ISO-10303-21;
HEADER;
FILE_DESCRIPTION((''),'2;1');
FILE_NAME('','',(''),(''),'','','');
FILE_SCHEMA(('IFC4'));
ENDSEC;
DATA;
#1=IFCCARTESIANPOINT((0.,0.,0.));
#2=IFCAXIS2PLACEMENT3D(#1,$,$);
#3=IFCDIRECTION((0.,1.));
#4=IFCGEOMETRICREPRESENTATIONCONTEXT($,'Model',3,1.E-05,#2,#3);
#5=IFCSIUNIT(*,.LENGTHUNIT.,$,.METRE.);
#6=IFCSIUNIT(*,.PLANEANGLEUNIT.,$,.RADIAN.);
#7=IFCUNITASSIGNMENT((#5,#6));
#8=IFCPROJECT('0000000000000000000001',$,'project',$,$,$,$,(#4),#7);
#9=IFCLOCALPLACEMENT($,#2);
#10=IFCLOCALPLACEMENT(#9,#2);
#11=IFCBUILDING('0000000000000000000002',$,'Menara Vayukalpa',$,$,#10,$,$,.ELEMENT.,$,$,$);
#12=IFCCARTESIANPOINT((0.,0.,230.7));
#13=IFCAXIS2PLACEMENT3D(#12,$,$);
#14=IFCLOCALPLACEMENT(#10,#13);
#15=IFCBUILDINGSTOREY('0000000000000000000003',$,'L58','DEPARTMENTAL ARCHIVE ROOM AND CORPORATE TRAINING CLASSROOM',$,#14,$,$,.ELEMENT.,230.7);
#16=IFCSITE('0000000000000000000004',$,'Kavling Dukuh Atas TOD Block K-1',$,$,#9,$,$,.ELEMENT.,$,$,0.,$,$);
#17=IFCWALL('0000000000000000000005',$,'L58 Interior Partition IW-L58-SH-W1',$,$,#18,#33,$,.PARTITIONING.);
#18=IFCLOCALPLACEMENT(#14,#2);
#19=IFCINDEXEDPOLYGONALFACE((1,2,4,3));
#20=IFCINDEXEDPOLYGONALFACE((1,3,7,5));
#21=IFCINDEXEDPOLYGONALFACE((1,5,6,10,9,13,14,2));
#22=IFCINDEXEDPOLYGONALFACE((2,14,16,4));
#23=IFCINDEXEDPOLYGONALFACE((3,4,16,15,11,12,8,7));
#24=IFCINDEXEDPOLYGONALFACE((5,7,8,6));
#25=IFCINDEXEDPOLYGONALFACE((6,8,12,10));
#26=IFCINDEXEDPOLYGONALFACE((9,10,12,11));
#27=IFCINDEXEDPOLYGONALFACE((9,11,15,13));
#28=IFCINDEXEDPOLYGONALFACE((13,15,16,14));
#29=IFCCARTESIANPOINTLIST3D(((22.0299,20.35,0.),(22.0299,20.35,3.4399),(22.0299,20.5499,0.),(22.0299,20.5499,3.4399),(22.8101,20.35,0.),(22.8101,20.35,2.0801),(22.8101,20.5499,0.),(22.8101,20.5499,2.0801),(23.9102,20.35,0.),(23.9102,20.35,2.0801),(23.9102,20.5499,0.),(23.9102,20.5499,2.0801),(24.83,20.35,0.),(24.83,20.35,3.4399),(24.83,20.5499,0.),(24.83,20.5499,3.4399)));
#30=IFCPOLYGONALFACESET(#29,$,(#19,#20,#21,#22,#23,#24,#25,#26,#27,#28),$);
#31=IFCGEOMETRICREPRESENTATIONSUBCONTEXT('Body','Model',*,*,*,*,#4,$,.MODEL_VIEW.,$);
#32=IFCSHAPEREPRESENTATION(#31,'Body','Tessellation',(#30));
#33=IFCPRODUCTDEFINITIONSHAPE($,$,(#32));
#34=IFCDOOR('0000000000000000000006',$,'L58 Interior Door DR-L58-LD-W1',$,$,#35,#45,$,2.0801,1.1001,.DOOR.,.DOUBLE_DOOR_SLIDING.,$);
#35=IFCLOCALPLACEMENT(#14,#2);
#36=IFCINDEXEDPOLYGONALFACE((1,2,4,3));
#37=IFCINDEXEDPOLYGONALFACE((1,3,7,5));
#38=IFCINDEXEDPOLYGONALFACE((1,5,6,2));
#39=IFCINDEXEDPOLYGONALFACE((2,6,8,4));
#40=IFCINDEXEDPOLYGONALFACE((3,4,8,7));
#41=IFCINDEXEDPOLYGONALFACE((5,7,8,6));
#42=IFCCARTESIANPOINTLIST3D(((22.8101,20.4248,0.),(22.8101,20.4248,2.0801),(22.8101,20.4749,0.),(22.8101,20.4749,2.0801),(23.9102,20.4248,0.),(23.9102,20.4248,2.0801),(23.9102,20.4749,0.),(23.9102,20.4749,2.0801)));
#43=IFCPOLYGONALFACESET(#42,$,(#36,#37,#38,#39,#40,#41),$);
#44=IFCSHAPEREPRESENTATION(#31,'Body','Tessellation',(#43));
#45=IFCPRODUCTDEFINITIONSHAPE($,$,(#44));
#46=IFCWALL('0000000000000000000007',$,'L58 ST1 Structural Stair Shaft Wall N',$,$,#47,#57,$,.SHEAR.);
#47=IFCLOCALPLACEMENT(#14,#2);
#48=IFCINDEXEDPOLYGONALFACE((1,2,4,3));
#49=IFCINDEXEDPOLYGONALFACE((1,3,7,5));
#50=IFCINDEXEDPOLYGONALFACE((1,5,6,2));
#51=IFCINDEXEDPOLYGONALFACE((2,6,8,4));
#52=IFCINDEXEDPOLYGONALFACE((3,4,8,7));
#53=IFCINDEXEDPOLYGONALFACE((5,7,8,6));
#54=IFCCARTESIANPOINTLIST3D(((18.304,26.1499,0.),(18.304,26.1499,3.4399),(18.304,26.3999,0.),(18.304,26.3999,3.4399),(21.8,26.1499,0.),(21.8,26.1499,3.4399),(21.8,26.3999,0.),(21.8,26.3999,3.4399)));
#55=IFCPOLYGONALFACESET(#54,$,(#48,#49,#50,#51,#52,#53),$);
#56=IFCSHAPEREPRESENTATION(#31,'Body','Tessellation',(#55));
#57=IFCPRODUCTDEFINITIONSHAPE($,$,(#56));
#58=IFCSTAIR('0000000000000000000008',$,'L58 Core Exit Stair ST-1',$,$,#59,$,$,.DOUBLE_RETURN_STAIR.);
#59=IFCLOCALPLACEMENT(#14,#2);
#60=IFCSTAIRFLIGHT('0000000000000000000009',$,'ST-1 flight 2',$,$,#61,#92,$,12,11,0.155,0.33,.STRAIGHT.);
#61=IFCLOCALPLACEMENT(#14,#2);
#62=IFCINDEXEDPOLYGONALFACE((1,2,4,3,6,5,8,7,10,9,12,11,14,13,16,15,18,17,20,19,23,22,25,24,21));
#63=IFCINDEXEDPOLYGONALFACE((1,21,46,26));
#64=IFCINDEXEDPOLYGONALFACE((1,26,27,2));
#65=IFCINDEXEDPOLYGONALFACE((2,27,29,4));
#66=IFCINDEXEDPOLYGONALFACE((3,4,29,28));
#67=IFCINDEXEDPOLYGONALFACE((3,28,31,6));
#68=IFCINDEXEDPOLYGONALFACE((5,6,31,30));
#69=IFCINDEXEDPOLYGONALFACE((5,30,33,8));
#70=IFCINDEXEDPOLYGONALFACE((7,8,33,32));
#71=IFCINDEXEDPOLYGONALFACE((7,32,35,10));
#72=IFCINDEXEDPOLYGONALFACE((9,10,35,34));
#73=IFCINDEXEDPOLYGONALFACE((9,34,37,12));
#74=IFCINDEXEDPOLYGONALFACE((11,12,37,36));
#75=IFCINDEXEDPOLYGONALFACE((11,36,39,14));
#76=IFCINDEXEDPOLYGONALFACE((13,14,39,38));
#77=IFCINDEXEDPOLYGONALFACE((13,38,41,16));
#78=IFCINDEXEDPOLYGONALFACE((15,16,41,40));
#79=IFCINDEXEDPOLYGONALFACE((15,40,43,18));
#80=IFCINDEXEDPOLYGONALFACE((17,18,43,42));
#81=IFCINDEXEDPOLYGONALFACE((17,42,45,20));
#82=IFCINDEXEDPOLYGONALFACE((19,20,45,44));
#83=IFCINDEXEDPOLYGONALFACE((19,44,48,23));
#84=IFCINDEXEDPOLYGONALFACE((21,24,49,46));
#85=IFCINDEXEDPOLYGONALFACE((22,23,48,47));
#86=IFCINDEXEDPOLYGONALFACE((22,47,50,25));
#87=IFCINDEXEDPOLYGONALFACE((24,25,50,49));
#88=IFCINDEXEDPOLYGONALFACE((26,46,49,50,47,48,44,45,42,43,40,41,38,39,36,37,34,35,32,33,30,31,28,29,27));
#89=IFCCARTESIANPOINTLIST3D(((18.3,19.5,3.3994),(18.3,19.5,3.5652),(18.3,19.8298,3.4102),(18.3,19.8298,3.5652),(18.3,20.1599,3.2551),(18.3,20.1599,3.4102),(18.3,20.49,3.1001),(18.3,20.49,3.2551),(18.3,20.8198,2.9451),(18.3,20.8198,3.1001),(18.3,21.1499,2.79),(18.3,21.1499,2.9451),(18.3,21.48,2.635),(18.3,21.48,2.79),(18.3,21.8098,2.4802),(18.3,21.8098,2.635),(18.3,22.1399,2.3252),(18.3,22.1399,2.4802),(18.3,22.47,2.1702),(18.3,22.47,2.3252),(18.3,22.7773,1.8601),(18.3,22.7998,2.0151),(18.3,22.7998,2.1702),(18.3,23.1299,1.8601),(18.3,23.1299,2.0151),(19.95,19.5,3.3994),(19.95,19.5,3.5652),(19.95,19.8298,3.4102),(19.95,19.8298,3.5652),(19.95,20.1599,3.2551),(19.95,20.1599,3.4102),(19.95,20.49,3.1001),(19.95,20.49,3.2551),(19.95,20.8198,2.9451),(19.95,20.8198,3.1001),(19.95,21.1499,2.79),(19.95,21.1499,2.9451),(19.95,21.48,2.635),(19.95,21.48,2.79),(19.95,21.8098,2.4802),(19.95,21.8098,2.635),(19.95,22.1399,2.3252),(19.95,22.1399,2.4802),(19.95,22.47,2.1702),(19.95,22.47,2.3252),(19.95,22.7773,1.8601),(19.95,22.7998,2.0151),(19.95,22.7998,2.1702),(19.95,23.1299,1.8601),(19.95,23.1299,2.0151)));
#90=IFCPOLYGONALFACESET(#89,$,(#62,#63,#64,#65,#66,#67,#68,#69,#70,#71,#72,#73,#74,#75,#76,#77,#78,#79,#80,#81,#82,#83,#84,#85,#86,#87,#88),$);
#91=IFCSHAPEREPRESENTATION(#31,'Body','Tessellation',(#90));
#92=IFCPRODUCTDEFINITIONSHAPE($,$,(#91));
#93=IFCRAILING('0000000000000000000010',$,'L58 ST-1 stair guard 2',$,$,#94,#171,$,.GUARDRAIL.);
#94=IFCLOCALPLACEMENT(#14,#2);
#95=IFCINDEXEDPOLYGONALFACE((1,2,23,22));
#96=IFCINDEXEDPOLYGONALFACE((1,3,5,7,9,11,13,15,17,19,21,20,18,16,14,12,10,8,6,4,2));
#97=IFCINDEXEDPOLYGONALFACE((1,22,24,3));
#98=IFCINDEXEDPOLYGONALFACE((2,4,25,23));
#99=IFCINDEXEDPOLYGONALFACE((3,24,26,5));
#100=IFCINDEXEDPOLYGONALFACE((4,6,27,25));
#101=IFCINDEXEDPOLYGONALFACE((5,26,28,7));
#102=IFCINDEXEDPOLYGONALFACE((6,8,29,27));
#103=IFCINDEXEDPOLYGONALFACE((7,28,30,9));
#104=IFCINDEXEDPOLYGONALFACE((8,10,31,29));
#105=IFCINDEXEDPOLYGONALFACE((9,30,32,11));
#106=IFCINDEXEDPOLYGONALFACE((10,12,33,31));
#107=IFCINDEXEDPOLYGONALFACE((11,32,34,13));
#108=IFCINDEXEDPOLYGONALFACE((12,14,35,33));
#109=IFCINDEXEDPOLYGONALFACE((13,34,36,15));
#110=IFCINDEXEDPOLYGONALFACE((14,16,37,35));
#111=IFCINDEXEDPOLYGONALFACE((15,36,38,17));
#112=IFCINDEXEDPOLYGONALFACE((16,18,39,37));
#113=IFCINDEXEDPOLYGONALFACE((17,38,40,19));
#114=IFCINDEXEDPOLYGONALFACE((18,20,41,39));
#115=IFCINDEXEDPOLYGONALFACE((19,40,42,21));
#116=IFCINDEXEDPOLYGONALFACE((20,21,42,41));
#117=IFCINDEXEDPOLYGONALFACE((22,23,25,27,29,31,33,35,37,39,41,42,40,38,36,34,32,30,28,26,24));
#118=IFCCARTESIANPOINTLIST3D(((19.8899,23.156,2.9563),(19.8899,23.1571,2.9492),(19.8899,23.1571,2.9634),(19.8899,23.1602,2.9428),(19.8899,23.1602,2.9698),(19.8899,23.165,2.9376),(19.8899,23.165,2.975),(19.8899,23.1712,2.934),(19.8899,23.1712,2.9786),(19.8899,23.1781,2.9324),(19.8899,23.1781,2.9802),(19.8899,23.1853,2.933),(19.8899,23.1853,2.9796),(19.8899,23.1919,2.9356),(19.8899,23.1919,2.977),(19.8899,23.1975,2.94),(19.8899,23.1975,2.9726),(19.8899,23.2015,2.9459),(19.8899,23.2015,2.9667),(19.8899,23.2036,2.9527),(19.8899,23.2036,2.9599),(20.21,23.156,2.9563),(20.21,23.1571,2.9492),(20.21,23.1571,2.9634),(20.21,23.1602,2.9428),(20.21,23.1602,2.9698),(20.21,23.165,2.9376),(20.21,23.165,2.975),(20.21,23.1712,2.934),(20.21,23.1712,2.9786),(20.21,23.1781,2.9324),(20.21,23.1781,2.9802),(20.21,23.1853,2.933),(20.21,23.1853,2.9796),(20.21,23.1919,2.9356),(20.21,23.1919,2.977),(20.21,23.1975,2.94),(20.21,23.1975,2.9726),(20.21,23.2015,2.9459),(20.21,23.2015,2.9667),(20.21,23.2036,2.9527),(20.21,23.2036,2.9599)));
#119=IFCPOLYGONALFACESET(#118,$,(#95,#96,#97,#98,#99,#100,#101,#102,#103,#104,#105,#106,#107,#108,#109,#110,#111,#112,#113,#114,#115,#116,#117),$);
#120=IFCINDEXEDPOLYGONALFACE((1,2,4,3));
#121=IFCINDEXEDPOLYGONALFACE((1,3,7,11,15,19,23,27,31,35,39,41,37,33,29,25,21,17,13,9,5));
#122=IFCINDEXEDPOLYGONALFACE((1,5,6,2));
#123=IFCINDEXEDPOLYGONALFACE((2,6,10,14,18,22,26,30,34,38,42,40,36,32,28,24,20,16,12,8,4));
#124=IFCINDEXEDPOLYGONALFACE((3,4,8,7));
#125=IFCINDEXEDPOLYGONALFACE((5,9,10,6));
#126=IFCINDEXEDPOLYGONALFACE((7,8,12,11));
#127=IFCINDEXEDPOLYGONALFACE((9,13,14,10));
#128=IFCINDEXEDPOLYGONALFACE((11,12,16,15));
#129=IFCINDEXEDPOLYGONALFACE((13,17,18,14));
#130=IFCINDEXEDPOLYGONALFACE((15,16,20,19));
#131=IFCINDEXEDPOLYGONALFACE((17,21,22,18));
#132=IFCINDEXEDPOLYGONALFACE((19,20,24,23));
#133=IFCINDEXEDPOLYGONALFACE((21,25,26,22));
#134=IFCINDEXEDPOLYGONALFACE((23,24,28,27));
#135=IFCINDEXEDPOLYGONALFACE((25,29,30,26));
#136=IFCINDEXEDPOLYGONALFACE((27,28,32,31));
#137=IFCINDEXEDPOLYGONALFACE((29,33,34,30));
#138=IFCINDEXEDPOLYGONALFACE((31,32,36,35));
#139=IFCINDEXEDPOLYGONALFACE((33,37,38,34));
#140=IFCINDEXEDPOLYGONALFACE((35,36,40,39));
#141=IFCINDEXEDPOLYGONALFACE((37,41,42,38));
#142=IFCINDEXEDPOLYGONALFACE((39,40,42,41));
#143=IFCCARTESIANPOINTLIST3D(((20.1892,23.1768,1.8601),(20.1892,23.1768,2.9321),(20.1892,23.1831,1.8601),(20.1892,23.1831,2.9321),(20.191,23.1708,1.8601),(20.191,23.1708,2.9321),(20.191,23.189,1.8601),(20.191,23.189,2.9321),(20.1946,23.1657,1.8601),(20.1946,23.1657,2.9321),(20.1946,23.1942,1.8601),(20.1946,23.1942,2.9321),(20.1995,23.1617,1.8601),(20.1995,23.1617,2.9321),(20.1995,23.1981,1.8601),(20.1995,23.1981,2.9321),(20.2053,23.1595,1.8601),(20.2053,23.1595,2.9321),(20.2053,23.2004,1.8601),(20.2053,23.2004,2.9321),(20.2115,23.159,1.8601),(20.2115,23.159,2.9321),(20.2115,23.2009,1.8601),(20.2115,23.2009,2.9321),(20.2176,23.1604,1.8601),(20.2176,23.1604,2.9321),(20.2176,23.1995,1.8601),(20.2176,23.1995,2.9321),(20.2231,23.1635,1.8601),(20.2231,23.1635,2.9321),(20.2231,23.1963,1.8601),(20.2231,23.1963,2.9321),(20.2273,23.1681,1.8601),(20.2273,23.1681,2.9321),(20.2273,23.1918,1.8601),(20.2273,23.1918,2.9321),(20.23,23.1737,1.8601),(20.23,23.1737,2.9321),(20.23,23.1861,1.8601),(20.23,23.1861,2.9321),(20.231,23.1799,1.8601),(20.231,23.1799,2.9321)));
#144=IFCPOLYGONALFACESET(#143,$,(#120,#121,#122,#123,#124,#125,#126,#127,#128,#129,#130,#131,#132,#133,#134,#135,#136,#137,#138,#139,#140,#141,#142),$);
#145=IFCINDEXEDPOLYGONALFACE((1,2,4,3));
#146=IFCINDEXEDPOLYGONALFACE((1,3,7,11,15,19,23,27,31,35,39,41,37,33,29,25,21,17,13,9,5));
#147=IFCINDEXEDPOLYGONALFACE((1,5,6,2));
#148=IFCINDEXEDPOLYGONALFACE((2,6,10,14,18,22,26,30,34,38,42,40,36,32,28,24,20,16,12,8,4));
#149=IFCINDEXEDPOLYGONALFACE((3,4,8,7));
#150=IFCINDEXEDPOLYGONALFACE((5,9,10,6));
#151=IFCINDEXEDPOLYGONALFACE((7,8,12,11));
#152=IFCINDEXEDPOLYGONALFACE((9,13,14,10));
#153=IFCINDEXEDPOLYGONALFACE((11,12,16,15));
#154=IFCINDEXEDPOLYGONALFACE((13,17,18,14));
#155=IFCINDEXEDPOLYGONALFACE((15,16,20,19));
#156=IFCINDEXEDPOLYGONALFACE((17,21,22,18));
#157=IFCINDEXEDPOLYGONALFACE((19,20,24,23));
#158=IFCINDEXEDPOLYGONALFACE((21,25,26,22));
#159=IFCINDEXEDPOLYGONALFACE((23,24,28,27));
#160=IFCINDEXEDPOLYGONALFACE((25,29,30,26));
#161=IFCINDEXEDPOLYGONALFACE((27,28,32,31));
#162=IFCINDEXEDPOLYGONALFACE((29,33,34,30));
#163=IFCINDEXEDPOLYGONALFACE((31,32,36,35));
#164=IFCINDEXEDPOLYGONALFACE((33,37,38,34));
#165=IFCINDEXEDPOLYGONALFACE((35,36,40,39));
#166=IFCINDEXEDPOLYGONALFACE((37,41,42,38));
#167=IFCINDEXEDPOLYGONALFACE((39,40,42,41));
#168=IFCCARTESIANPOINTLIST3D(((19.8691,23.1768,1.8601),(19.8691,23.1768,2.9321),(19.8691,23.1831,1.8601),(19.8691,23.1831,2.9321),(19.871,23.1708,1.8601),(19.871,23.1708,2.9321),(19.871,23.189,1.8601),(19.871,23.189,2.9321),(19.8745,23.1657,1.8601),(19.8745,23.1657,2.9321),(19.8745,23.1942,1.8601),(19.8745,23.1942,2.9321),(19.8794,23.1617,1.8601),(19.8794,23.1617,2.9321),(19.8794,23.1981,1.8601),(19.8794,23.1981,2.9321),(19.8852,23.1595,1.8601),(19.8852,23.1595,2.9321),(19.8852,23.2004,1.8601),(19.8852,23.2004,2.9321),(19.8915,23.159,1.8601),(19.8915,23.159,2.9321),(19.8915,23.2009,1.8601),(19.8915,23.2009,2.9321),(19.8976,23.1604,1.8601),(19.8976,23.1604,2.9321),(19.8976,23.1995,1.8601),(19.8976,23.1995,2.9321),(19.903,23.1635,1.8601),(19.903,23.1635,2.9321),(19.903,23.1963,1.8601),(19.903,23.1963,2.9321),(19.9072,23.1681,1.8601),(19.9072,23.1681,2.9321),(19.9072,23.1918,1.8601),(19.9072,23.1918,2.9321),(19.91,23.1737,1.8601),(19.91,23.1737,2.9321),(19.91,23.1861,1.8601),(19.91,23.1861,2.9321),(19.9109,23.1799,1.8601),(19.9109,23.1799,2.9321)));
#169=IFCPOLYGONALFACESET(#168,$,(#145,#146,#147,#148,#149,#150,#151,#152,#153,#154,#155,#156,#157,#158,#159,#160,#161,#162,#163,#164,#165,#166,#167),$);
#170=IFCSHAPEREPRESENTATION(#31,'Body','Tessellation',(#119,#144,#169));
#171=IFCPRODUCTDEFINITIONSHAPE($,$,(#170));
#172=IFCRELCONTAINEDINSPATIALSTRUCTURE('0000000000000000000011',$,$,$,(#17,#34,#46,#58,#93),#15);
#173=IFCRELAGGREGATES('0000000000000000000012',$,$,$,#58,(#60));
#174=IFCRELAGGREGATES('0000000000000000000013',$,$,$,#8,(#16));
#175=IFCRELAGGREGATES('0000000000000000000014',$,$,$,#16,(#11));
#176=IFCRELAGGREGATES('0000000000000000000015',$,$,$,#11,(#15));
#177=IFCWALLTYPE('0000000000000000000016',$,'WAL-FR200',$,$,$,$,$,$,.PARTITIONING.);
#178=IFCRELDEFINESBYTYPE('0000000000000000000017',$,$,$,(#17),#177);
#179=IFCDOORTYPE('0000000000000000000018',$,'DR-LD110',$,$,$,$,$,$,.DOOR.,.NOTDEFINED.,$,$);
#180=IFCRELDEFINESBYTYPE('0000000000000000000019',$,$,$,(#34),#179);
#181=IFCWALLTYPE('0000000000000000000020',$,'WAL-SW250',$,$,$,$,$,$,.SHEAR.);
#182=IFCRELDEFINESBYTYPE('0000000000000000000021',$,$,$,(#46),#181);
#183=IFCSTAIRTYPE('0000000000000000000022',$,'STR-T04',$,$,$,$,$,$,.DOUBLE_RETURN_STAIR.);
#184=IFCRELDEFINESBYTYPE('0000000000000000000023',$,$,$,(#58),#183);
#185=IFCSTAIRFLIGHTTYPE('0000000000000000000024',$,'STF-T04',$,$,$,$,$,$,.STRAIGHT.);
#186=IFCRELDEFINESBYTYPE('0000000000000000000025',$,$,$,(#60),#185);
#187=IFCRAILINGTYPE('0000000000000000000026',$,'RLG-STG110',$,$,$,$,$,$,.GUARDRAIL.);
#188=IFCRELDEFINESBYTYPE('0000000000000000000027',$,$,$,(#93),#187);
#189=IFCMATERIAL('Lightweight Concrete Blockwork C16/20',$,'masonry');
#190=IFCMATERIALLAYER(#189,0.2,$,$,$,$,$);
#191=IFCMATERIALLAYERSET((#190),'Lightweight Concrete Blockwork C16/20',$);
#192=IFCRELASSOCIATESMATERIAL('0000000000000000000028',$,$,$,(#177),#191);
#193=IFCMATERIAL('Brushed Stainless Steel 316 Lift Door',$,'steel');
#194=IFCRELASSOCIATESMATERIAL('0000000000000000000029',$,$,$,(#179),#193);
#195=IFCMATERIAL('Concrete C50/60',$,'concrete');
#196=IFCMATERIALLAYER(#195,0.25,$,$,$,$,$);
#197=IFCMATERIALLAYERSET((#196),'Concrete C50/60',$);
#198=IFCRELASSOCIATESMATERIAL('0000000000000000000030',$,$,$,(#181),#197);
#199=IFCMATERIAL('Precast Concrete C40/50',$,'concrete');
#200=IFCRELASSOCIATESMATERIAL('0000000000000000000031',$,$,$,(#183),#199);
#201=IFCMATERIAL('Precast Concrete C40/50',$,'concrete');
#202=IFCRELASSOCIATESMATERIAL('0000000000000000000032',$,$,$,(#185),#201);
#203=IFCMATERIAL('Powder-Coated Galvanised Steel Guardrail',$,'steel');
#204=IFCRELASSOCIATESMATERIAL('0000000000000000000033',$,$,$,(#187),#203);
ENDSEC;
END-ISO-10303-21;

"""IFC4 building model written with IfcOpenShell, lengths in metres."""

from ifc_helpers import new_model, si_unit, direction, frame, frame_2d, origin, origin_2d, place, context, subcontext, project, spatial, polyline, rectangle, circle, outline, extrude, material, layer, layer_set, type_object, element, fill, aggregate, save


model = new_model("IFC4")

# Units and contexts
model_context = context("Model", 3, precision=1e-05, world=origin(), true_north=direction((0.0, 1.0)))
body_context = subcontext(model_context, "Body", "Model", "MODEL_VIEW")
ifc_project = project(units=[si_unit("LENGTHUNIT", "METRE"), si_unit("PLANEANGLEUNIT", "RADIAN")], contexts=[model_context])

# Site, building, storey
site_placement = place(None, origin())
site = spatial("IfcSite", under=ifc_project, at=site_placement, Name="Kavling Dukuh Atas TOD Block K-1", CompositionType="ELEMENT", RefElevation=0.0)
building_placement = place(site_placement, origin())
building = spatial("IfcBuilding", under=site, at=building_placement, Name="Menara Vayukalpa", CompositionType="ELEMENT")
storey_placement = place(building_placement, frame((0.0, 0.0, 230.7)))
storey = spatial("IfcBuildingStorey", under=building, at=storey_placement, Name="L58", Description="DEPARTMENTAL ARCHIVE ROOM AND CORPORATE TRAINING CLASSROOM", CompositionType="ELEMENT", Elevation=230.7)

# Wall, opening, door
ifc_material_1 = material(Name="Lightweight Concrete Blockwork C16/20", Category="masonry")
ifc_layer_1 = layer(ifc_material_1, 0.2)
ifc_layer_set_1 = layer_set([ifc_layer_1], Name="Lightweight Concrete Blockwork C16/20")
wall_type_1 = type_object("IfcWallType", Name="WAL-FR200", PredefinedType="PARTITIONING", material=ifc_layer_set_1)
wall_1_placement = place(storey_placement, frame((22.03, 20.45, 0.0), z_axis=(0.0, 0.0, 1.0), x_axis=(1.0, 0.0, 0.0)))
wall_1 = element("IfcWall", 1, at=wall_1_placement, inside=storey, type_object=wall_type_1, Name="L58 Interior Partition IW-L58-SH-W1", PredefinedType="PARTITIONING", context=body_context, shape_type="SweptSolid", body=[
    extrude(rectangle(XDim=2.8, YDim=0.2, at=frame_2d((1.3999, 0.0))), origin(), (0.0, 0.0, 1.0), 3.4399),
])
opening_1_placement = place(wall_1_placement, frame((0.78, 0.0, 0.0)))
opening_1 = element("IfcOpeningElement", 2, at=opening_1_placement, cuts=wall_1, PredefinedType="OPENING", context=body_context, shape_type="SweptSolid", body=[
    extrude(rectangle(XDim=1.1001, YDim=2.0801, at=frame_2d((0.55, 1.04))), frame((0.0, 0.1099, 0.0), z_axis=(0.0, -1.0, 0.0), x_axis=(1.0, 0.0, 0.0)), (0.0, 0.0, 1.0), 0.22),
])
ifc_material_2 = material(Name="Brushed Stainless Steel 316 Lift Door", Category="steel")
door_type_1 = type_object("IfcDoorType", Name="DR-LD110", OperationType="NOTDEFINED", PredefinedType="DOOR", material=ifc_material_2)
door_1_placement = place(opening_1_placement, origin())
door_1 = element("IfcDoor", 3, at=door_1_placement, inside=storey, type_object=door_type_1, Name="L58 Interior Door DR-L58-LD-W1", OperationType="DOUBLE_DOOR_SLIDING", OverallHeight=2.0801, OverallWidth=1.1001, PredefinedType="DOOR", context=body_context, shape_type="SweptSolid", body=[
    extrude(rectangle(XDim=1.1001, YDim=2.0801, at=frame_2d((0.55, 1.04))), frame((0.0, 0.0249, 0.0), z_axis=(0.0, -1.0, 0.0), x_axis=(1.0, 0.0, 0.0)), (0.0, 0.0, 1.0), 0.05),
])
fill(opening_1, door_1)

# Wall
ifc_material_3 = material(Name="Concrete C50/60", Category="concrete")
ifc_layer_2 = layer(ifc_material_3, 0.25)
ifc_layer_set_2 = layer_set([ifc_layer_2], Name="Concrete C50/60")
wall_type_2 = type_object("IfcWallType", Name="WAL-SW250", PredefinedType="SHEAR", material=ifc_layer_set_2)
wall_2_placement = place(storey_placement, frame((18.304, 26.2749, 0.0), z_axis=(0.0, 0.0, 1.0), x_axis=(1.0, 0.0, 0.0)))
element("IfcWall", 4, at=wall_2_placement, inside=storey, type_object=wall_type_2, Name="L58 ST1 Structural Stair Shaft Wall N", PredefinedType="SHEAR", context=body_context, shape_type="SweptSolid", body=[
    extrude(rectangle(XDim=3.4961, YDim=0.25, at=frame_2d((1.748, 0.0))), origin(), (0.0, 0.0, 1.0), 3.4399),
])

# Stair, stair flight
ifc_material_4 = material(Name="Precast Concrete C40/50", Category="concrete")
stair_type = type_object("IfcStairType", Name="STR-T04", PredefinedType="DOUBLE_RETURN_STAIR", material=ifc_material_4)
stair_placement = place(storey_placement, origin())
stair = element("IfcStair", 5, at=stair_placement, inside=storey, type_object=stair_type, Name="L58 Core Exit Stair ST-1", PredefinedType="DOUBLE_RETURN_STAIR")
ifc_material_5 = material(Name="Precast Concrete C40/50", Category="concrete")
stair_flight_type = type_object("IfcStairFlightType", Name="STF-T04", PredefinedType="STRAIGHT", material=ifc_material_5)
stair_flight_placement = place(storey_placement, frame((19.125, 23.1299, 1.8601), z_axis=(0.0, 0.0, 1.0), x_axis=(0.0, -1.0, 0.0)))
stair_flight = element("IfcStairFlight", 6, at=stair_flight_placement, type_object=stair_flight_type, Name="ST-1 flight 2", NumberOfRisers=12, NumberOfTreads=11, PredefinedType="STRAIGHT", RiserHeight=0.155, TreadLength=0.33, context=body_context, shape_type="SweptSolid", body=[
    extrude(outline(polyline([(0.0, 0.0), (0.0, 0.155), (0.3301, 0.155), (0.3301, 0.3101), (0.6599, 0.3101), (0.6599, 0.4651), (0.99, 0.4651), (0.99, 0.6201), (1.3201, 0.6201), (1.3201, 0.7749), (1.6499, 0.7749), (1.6499, 0.9299), (1.98, 0.9299), (1.98, 1.085), (2.3101, 1.085), (2.3101, 1.24), (2.6399, 1.24), (2.6399, 1.395), (2.97, 1.395), (2.97, 1.55), (3.3, 1.55), (3.3, 1.7051), (3.6299, 1.7051), (3.6299, 1.8601), (3.6299, 1.5393), (0.3525, 0.0), (0.0, 0.0)])), frame((0.0, 0.825, 0.0), z_axis=(0.0, -1.0, 0.0), x_axis=(1.0, 0.0, 0.0)), (0.0, 0.0, 1.0), 1.6499),
])
aggregate(stair, [stair_flight])

# Railing
ifc_material_6 = material(Name="Powder-Coated Galvanised Steel Guardrail", Category="steel")
railing_type_1 = type_object("IfcRailingType", Name="RLG-STG110", PredefinedType="GUARDRAIL", material=ifc_material_6)
railing_1_placement = place(storey_placement, frame((20.21, 23.1799, 1.8601)))
element("IfcRailing", 7, at=railing_1_placement, inside=storey, type_object=railing_type_1, Name="L58 ST-1 stair guard 2", PredefinedType="GUARDRAIL", context=body_context, shape_type="SweptSolid", body=[
    extrude(circle(Radius=0.0239, at=origin_2d()), frame((0.0, 0.0, 1.0962), z_axis=(-1.0, 0.0, 0.0), x_axis=(0.0, -1.0, 0.0)), (0.0, 0.0, 1.0), 0.3201),
    extrude(circle(Radius=0.021, at=origin_2d()), origin(), (0.0, 0.0, 1.0), 1.072),
    extrude(circle(Radius=0.021, at=origin_2d()), frame((-0.3201, 0.0, 0.0)), (0.0, 0.0, 1.0), 1.072),
])

save(model, "model.ifc")
